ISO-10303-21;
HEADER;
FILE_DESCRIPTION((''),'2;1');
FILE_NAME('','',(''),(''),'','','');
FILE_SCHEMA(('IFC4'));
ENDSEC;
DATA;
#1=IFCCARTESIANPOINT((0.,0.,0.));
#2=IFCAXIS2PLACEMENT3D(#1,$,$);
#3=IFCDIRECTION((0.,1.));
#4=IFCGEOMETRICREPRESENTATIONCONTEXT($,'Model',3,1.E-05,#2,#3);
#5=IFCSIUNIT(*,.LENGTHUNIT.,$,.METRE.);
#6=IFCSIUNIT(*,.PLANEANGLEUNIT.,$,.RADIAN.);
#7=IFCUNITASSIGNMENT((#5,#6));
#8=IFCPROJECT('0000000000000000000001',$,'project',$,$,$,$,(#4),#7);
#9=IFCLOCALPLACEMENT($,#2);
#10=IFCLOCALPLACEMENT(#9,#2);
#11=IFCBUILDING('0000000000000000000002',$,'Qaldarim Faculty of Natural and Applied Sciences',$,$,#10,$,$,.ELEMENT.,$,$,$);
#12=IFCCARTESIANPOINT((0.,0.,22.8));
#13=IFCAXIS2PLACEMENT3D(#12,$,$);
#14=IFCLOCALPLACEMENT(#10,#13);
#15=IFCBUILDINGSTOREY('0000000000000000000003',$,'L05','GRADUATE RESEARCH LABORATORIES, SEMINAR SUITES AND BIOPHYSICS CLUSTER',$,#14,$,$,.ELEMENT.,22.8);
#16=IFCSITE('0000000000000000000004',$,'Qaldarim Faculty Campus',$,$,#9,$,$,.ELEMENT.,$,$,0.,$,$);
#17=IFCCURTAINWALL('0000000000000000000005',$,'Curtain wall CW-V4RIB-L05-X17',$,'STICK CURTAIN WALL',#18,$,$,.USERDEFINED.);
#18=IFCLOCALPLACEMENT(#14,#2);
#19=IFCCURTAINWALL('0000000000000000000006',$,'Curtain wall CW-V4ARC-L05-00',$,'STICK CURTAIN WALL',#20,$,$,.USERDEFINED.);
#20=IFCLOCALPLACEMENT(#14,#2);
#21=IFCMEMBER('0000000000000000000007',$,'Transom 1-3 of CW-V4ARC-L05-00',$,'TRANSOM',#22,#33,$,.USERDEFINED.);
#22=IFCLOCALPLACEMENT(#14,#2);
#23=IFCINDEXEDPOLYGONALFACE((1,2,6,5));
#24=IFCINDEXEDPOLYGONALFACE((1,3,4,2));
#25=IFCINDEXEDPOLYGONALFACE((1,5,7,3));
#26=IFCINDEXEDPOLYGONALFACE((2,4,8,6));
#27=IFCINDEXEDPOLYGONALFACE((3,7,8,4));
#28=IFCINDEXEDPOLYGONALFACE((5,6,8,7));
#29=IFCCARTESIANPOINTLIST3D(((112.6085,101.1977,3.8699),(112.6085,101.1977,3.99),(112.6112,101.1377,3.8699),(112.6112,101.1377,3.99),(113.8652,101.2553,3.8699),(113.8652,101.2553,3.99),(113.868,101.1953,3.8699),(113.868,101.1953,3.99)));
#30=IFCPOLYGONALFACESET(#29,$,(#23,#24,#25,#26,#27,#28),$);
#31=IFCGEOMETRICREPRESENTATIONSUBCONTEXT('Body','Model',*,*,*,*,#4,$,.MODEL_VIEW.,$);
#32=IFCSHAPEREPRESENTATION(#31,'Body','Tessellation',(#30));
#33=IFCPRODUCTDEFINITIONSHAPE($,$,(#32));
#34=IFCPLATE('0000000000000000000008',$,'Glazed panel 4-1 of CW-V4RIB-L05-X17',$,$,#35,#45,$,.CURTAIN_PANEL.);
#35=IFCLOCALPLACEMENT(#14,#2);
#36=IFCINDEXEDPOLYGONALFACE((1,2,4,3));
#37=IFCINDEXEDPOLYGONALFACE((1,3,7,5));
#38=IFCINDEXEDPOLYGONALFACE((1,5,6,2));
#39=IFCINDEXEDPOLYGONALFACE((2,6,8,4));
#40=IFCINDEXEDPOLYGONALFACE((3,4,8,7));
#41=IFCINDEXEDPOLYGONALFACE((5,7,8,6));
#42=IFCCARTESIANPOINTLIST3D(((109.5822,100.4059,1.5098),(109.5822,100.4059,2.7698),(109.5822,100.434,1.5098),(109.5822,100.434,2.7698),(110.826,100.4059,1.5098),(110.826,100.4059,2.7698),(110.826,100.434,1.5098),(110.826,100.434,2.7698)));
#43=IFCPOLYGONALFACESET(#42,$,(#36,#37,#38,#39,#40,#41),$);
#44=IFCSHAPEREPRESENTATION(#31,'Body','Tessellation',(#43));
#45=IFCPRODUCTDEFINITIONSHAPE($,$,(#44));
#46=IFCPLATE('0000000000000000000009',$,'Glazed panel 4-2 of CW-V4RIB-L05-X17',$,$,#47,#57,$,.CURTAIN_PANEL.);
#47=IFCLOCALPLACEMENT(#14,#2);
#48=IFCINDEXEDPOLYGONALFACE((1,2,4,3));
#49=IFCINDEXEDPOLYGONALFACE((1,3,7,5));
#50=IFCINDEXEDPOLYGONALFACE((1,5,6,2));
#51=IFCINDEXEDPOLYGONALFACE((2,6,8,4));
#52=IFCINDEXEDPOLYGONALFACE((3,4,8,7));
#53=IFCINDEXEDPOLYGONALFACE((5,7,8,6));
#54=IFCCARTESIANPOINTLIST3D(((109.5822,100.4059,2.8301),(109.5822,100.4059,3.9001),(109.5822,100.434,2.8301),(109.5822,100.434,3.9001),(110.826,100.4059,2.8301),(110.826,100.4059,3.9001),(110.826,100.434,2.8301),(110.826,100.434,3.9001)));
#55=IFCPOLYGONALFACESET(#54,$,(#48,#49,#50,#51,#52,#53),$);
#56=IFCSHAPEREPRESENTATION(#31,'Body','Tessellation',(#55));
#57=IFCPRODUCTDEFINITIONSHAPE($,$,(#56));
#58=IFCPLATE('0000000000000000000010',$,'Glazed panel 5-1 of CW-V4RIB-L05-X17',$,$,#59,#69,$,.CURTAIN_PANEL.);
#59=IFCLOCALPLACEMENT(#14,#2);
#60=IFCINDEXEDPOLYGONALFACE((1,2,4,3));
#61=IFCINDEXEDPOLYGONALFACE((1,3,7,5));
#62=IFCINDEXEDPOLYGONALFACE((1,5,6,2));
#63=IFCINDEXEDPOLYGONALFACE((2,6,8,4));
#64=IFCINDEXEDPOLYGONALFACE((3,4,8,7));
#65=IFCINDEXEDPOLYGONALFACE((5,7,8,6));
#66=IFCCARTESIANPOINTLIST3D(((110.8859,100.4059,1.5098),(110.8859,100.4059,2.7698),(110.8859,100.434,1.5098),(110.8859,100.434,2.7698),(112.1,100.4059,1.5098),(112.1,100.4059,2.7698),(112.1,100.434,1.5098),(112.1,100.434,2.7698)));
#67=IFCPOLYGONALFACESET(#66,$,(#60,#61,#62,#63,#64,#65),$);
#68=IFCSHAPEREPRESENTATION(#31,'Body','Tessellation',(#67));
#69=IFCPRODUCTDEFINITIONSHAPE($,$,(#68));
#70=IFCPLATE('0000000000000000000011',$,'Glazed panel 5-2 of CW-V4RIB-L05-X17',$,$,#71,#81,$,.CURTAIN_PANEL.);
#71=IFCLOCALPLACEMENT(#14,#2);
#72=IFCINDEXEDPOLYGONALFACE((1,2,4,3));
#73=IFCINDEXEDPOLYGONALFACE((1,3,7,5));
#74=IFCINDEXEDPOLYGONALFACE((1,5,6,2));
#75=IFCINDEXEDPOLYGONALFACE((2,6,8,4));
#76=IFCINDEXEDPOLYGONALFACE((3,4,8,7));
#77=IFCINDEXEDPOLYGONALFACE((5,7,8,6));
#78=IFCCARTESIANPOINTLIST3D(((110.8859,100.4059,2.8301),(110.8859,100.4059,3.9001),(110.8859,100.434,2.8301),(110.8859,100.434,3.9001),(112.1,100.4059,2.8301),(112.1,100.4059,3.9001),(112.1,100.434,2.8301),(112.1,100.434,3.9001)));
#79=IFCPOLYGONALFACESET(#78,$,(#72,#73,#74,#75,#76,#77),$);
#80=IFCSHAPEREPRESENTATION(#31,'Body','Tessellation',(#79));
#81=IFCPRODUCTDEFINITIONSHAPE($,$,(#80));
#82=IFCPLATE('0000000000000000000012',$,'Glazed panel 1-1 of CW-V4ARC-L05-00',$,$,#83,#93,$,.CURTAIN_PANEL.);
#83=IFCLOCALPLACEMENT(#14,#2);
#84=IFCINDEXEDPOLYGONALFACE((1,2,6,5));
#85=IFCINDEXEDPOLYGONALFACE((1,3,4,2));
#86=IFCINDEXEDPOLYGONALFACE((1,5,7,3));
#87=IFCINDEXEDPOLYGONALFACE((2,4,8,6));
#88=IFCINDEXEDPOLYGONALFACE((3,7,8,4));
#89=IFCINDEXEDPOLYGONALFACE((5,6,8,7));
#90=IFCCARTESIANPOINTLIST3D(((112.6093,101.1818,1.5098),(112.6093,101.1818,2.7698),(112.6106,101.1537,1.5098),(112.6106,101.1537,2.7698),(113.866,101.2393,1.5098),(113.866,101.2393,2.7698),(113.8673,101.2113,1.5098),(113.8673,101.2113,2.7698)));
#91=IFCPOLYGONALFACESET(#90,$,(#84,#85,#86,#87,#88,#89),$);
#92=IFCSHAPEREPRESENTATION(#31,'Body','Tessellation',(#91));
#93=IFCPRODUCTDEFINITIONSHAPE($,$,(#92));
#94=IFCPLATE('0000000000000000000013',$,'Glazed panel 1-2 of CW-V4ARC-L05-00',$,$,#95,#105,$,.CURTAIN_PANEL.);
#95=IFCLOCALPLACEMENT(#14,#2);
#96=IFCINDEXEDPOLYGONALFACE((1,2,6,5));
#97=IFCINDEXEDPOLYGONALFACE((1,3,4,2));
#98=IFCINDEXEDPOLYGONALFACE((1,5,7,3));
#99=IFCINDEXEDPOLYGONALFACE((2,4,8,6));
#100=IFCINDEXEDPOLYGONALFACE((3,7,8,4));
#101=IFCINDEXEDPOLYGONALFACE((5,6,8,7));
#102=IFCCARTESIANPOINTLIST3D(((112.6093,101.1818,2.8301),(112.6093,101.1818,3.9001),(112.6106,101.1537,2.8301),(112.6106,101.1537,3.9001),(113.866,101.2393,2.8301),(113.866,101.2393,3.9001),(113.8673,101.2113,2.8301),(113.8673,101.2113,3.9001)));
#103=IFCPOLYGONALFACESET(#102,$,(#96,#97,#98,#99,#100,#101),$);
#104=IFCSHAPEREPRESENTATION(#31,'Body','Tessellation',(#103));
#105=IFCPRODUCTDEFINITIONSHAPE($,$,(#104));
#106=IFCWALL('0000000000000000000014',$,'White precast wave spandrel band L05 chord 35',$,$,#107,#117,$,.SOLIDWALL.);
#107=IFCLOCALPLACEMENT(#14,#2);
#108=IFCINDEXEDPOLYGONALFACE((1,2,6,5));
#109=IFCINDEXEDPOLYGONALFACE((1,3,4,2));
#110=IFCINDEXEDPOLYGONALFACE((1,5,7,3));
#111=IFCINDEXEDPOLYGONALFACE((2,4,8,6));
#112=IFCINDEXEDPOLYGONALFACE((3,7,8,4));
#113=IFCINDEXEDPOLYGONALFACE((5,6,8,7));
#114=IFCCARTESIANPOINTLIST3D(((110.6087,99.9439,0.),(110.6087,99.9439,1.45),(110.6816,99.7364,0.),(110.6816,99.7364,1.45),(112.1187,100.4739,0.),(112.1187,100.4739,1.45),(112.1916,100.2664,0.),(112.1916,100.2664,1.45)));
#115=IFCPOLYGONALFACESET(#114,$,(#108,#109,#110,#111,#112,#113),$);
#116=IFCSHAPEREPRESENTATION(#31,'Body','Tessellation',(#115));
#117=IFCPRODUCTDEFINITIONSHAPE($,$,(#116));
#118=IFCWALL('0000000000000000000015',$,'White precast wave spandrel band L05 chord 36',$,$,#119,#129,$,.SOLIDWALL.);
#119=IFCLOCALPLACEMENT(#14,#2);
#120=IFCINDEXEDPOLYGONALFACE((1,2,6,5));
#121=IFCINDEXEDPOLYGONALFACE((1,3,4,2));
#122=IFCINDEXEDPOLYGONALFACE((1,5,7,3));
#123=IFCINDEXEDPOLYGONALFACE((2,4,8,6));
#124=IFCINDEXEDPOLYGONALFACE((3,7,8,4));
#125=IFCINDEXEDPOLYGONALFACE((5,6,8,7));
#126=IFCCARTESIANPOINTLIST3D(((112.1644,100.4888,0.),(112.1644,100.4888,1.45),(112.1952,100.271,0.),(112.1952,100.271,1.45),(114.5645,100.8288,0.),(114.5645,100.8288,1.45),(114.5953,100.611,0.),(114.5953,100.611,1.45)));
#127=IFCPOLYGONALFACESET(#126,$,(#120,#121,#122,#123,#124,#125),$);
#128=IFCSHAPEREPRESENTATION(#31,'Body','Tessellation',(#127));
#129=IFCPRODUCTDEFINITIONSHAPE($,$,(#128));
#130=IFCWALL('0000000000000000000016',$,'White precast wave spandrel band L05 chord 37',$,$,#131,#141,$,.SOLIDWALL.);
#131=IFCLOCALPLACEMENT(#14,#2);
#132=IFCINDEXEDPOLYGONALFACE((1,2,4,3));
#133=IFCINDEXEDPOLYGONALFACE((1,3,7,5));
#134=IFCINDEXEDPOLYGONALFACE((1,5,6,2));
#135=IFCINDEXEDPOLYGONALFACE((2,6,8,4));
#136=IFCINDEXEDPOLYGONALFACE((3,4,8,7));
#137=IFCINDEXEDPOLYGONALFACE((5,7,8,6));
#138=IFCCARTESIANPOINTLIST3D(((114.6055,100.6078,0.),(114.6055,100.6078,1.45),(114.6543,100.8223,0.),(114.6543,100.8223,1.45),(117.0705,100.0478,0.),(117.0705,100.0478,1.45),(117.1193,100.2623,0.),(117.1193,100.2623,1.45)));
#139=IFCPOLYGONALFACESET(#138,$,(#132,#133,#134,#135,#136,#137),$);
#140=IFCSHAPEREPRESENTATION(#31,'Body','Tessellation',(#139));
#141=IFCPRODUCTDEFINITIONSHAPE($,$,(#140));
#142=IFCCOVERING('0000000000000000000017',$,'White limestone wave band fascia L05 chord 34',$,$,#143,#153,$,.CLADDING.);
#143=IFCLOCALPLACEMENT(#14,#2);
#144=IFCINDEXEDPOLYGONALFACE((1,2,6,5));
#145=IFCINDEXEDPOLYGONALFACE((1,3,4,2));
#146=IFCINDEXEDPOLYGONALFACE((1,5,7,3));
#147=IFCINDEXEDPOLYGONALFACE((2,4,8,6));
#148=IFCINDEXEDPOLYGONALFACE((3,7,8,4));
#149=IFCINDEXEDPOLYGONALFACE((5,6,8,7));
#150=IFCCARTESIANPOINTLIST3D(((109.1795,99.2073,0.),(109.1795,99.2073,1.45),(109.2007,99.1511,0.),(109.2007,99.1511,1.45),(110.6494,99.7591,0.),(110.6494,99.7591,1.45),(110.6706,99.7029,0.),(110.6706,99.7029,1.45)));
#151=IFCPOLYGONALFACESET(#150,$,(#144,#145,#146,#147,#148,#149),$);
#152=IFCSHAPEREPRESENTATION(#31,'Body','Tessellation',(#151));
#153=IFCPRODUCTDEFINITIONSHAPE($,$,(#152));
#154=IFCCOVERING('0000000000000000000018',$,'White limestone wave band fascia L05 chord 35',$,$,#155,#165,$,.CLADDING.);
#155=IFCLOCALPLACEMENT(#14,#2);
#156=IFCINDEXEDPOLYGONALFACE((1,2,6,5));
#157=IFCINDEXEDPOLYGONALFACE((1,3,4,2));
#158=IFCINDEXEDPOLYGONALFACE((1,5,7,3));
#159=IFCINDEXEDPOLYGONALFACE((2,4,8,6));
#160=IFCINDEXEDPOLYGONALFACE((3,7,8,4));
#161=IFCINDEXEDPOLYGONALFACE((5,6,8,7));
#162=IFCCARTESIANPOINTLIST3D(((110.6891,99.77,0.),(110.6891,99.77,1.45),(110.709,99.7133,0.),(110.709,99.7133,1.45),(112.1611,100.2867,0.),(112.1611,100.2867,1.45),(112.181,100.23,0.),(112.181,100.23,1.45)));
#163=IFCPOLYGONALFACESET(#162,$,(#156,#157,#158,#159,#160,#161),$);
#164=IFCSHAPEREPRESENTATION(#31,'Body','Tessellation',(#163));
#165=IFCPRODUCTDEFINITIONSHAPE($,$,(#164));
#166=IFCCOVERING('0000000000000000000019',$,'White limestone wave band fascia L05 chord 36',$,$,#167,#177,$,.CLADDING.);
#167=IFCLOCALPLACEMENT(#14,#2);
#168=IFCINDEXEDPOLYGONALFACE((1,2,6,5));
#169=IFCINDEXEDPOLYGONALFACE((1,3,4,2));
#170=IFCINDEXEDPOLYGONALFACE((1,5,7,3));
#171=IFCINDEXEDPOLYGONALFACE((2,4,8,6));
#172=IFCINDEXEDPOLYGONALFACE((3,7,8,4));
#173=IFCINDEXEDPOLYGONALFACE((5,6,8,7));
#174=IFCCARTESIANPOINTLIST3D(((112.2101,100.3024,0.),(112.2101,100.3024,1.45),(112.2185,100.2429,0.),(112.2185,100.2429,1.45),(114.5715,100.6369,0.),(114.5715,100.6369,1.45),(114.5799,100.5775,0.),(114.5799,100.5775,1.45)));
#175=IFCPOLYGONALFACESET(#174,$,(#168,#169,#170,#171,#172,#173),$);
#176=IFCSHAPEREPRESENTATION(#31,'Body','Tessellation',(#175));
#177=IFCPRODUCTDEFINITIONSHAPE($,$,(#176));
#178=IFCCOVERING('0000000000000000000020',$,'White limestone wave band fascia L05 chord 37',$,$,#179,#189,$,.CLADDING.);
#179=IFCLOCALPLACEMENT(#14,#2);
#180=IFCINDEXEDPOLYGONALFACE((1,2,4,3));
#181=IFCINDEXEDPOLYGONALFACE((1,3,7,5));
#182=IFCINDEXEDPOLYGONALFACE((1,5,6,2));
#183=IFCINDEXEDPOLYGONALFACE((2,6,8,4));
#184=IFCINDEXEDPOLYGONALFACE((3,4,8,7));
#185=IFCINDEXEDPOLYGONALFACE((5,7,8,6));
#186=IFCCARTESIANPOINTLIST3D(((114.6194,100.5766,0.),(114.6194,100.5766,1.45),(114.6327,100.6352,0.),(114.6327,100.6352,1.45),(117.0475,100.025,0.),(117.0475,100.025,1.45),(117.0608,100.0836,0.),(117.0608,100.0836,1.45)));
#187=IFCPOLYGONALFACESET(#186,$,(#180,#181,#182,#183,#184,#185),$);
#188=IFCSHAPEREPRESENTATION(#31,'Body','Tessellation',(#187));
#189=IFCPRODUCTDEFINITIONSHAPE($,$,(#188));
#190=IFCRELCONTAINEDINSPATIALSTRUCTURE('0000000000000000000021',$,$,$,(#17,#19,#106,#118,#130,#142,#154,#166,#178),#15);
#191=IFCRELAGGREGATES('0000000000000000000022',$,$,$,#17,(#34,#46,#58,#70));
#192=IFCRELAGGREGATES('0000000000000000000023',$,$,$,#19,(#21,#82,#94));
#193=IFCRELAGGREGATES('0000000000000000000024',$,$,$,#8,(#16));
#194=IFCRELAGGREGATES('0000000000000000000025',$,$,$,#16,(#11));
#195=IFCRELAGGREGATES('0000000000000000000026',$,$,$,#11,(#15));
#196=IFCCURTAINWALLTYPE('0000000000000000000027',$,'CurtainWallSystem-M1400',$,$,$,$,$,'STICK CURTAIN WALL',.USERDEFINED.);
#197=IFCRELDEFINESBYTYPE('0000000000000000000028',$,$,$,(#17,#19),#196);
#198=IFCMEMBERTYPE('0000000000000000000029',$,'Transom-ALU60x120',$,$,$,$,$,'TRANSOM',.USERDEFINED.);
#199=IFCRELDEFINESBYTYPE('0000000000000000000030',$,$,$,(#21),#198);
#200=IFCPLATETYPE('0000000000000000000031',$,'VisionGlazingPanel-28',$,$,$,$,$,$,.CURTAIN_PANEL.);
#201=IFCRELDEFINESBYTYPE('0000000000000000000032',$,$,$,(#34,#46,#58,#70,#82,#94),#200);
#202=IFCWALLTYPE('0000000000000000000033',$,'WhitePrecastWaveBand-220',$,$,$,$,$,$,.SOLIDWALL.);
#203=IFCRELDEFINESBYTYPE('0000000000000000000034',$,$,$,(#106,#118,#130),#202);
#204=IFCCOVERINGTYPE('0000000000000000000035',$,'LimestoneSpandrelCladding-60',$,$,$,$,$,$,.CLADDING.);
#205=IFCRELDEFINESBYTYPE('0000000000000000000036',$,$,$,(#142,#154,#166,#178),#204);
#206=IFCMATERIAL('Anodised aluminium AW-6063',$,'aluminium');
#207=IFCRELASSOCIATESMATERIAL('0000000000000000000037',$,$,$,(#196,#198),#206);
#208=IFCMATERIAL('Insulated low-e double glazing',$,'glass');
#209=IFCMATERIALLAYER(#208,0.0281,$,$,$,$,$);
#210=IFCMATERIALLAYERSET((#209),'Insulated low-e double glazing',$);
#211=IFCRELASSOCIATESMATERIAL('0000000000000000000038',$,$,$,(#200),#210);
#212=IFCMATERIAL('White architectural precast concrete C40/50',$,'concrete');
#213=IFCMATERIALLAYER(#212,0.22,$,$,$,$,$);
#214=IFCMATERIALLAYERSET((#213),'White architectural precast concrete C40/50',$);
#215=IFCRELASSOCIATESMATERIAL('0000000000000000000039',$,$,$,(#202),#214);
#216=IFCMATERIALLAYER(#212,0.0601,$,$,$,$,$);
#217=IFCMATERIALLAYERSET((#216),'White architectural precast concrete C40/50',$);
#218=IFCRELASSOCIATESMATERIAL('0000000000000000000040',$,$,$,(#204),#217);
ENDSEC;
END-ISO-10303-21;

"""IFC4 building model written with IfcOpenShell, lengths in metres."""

from ifc_helpers import new_model, si_unit, direction, frame, frame_2d, origin, origin_2d, place, context, subcontext, project, spatial, rectangle, extrude, material, layer, layer_set, material_profile, profile_set, type_object, element, aggregate, save


model = new_model("IFC4")

# Units and contexts
model_context = context("Model", 3, precision=1e-05, world=origin(), true_north=direction((0.0, 1.0)))
body_context = subcontext(model_context, "Body", "Model", "MODEL_VIEW")
ifc_project = project(units=[si_unit("LENGTHUNIT", "METRE"), si_unit("PLANEANGLEUNIT", "RADIAN")], contexts=[model_context])

# Site, building, storey
site_placement = place(None, origin())
site = spatial("IfcSite", under=ifc_project, at=site_placement, Name="Qaldarim Faculty Campus", CompositionType="ELEMENT", RefElevation=0.0)
building_placement = place(site_placement, origin())
building = spatial("IfcBuilding", under=site, at=building_placement, Name="Qaldarim Faculty of Natural and Applied Sciences", CompositionType="ELEMENT")
storey_placement = place(building_placement, frame((0.0, 0.0, 22.8)))
storey = spatial("IfcBuildingStorey", under=building, at=storey_placement, Name="L05", Description="GRADUATE RESEARCH LABORATORIES, SEMINAR SUITES AND BIOPHYSICS CLUSTER", CompositionType="ELEMENT", Elevation=22.8)

# Curtain wall
ifc_material_1 = material(Name="Anodised aluminium AW-6063", Category="aluminium")
curtain_wall_type = type_object("IfcCurtainWallType", Name="CurtainWallSystem-M1400", ElementType="STICK CURTAIN WALL", PredefinedType="USERDEFINED", material=ifc_material_1)
curtain_wall_1_placement = place(storey_placement, origin())
curtain_wall_1 = element("IfcCurtainWall", 1, at=curtain_wall_1_placement, inside=storey, type_object=curtain_wall_type, Name="Curtain wall CW-V4RIB-L05-X17", ObjectType="STICK CURTAIN WALL", PredefinedType="USERDEFINED")

# Curtain wall
curtain_wall_2_placement = place(storey_placement, origin())
curtain_wall_2 = element("IfcCurtainWall", 2, at=curtain_wall_2_placement, inside=storey, type_object=curtain_wall_type, Name="Curtain wall CW-V4ARC-L05-00", ObjectType="STICK CURTAIN WALL", PredefinedType="USERDEFINED")

# Member
ifc_material_profile_1 = material_profile(ifc_material_1, rectangle(XDim=0.0601, YDim=0.1201, at=origin_2d()), Name="ALU-T60x120")
ifc_profile_set_1 = profile_set([ifc_material_profile_1], Name="Anodised aluminium AW-6063")
member_type_1 = type_object("IfcMemberType", Name="Transom-ALU60x120", ElementType="TRANSOM", PredefinedType="USERDEFINED", material=ifc_profile_set_1)
member_1_placement = place(storey_placement, frame((112.6099, 101.1677, 3.9299), z_axis=(0.998951, 0.045795, 0.0), x_axis=(-0.045795, 0.998951, 0.0)))
member_1 = element("IfcMember", 3, at=member_1_placement, type_object=member_type_1, Name="Transom 1-3 of CW-V4ARC-L05-00", ObjectType="TRANSOM", PredefinedType="USERDEFINED", context=body_context, shape_type="SweptSolid", body=[
    extrude(rectangle(XDim=0.0601, YDim=0.1201, at=origin_2d()), origin(), (0.0, 0.0, 1.0), 1.2581),
])

# Plates
ifc_material_2 = material(Name="Insulated low-e double glazing", Category="glass")
ifc_layer_1 = layer(ifc_material_2, 0.0281)
ifc_layer_set_1 = layer_set([ifc_layer_1], Name="Insulated low-e double glazing")
plate_type = type_object("IfcPlateType", Name="VisionGlazingPanel-28", PredefinedType="CURTAIN_PANEL", material=ifc_layer_set_1)
plate_1_placement = place(storey_placement, frame((110.2041, 100.4199, 1.5098), z_axis=(0.0, 0.0, 1.0), x_axis=(1.0, 0.0, 0.0)))
plate_1 = element("IfcPlate", 4, at=plate_1_placement, type_object=plate_type, Name="Glazed panel 4-1 of CW-V4RIB-L05-X17", PredefinedType="CURTAIN_PANEL", context=body_context, shape_type="SweptSolid", body=[
    extrude(rectangle(XDim=1.2439, YDim=0.0281, at=origin_2d()), origin(), (0.0, 0.0, 1.0), 1.26),
])
plate_2_placement = place(storey_placement, frame((110.2041, 100.4199, 2.8301), z_axis=(0.0, 0.0, 1.0), x_axis=(1.0, 0.0, 0.0)))
plate_2 = element("IfcPlate", 5, at=plate_2_placement, type_object=plate_type, Name="Glazed panel 4-2 of CW-V4RIB-L05-X17", PredefinedType="CURTAIN_PANEL", context=body_context, shape_type="SweptSolid", body=[
    extrude(rectangle(XDim=1.2439, YDim=0.0281, at=origin_2d()), origin(), (0.0, 0.0, 1.0), 1.0701),
])
plate_3_placement = place(storey_placement, frame((111.4929, 100.4199, 1.5098), z_axis=(0.0, 0.0, 1.0), x_axis=(1.0, 0.0, 0.0)))
plate_3 = element("IfcPlate", 6, at=plate_3_placement, type_object=plate_type, Name="Glazed panel 5-1 of CW-V4RIB-L05-X17", PredefinedType="CURTAIN_PANEL", context=body_context, shape_type="SweptSolid", body=[
    extrude(rectangle(XDim=1.2141, YDim=0.0281, at=origin_2d()), origin(), (0.0, 0.0, 1.0), 1.26),
])
plate_4_placement = place(storey_placement, frame((111.4929, 100.4199, 2.8301), z_axis=(0.0, 0.0, 1.0), x_axis=(1.0, 0.0, 0.0)))
plate_4 = element("IfcPlate", 7, at=plate_4_placement, type_object=plate_type, Name="Glazed panel 5-2 of CW-V4RIB-L05-X17", PredefinedType="CURTAIN_PANEL", context=body_context, shape_type="SweptSolid", body=[
    extrude(rectangle(XDim=1.2141, YDim=0.0281, at=origin_2d()), origin(), (0.0, 0.0, 1.0), 1.0701),
])
aggregate(curtain_wall_1, [plate_1, plate_2, plate_3, plate_4])
plate_5_placement = place(storey_placement, frame((113.2383, 101.1965, 1.5098), z_axis=(0.0, 0.0, 1.0), x_axis=(0.998953, 0.045747, 0.0)))
plate_5 = element("IfcPlate", 8, at=plate_5_placement, type_object=plate_type, Name="Glazed panel 1-1 of CW-V4ARC-L05-00", PredefinedType="CURTAIN_PANEL", context=body_context, shape_type="SweptSolid", body=[
    extrude(rectangle(XDim=1.2581, YDim=0.0281, at=origin_2d()), origin(), (0.0, 0.0, 1.0), 1.26),
])
plate_6_placement = place(storey_placement, frame((113.2383, 101.1965, 2.8301), z_axis=(0.0, 0.0, 1.0), x_axis=(0.998953, 0.045747, 0.0)))
plate_6 = element("IfcPlate", 9, at=plate_6_placement, type_object=plate_type, Name="Glazed panel 1-2 of CW-V4ARC-L05-00", PredefinedType="CURTAIN_PANEL", context=body_context, shape_type="SweptSolid", body=[
    extrude(rectangle(XDim=1.2581, YDim=0.0281, at=origin_2d()), origin(), (0.0, 0.0, 1.0), 1.0701),
])
aggregate(curtain_wall_2, [member_1, plate_5, plate_6])

# Walls
ifc_material_3 = material(Name="White architectural precast concrete C40/50", Category="concrete")
ifc_layer_2 = layer(ifc_material_3, 0.22)
ifc_layer_set_2 = layer_set([ifc_layer_2], Name="White architectural precast concrete C40/50")
wall_type = type_object("IfcWallType", Name="WhitePrecastWaveBand-220", PredefinedType="SOLIDWALL", material=ifc_layer_set_2)
wall_1_placement = place(storey_placement, frame((110.645, 99.8401, 0.0), z_axis=(0.0, 0.0, 1.0), x_axis=(0.943561, 0.3312, 0.0)))
element("IfcWall", 10, at=wall_1_placement, inside=storey, type_object=wall_type, Name="White precast wave spandrel band L05 chord 35", PredefinedType="SOLIDWALL", context=body_context, shape_type="SweptSolid", body=[
    extrude(rectangle(XDim=1.6003, YDim=0.22, at=frame_2d((0.8003, 0.0))), origin(), (0.0, 0.0, 1.0), 1.45),
])
wall_2_placement = place(storey_placement, frame((112.1799, 100.3799, 0.0), z_axis=(0.0, 0.0, 1.0), x_axis=(0.99011, 0.140293, 0.0)))
element("IfcWall", 11, at=wall_2_placement, inside=storey, type_object=wall_type, Name="White precast wave spandrel band L05 chord 36", PredefinedType="SOLIDWALL", context=body_context, shape_type="SweptSolid", body=[
    extrude(rectangle(XDim=2.4241, YDim=0.22, at=frame_2d((1.2119, 0.0))), origin(), (0.0, 0.0, 1.0), 1.45),
])
wall_3_placement = place(storey_placement, frame((114.6299, 100.7151, 0.0), z_axis=(0.0, 0.0, 1.0), x_axis=(0.975149, -0.22155, 0.0)))
element("IfcWall", 12, at=wall_3_placement, inside=storey, type_object=wall_type, Name="White precast wave spandrel band L05 chord 37", PredefinedType="SOLIDWALL", context=body_context, shape_type="SweptSolid", body=[
    extrude(rectangle(XDim=2.5278, YDim=0.22, at=frame_2d((1.2639, 0.0))), origin(), (0.0, 0.0, 1.0), 1.45),
])

# Coverings
ifc_layer_3 = layer(ifc_material_3, 0.0601)
ifc_layer_set_3 = layer_set([ifc_layer_3], Name="White architectural precast concrete C40/50")
covering_type = type_object("IfcCoveringType", Name="LimestoneSpandrelCladding-60", PredefinedType="CLADDING", material=ifc_layer_set_3)
covering_1_placement = place(storey_placement, frame((109.925, 99.4551, 0.0), z_axis=(0.0, 0.0, 1.0), x_axis=(0.936201, 0.351466, 0.0)))
element("IfcCovering", 13, at=covering_1_placement, inside=storey, type_object=covering_type, Name="White limestone wave band fascia L05 chord 34", PredefinedType="CLADDING", context=body_context, shape_type="SweptSolid", body=[
    extrude(rectangle(XDim=1.5701, YDim=0.0601, at=origin_2d()), origin(), (0.0, 0.0, 1.0), 1.45),
])
covering_2_placement = place(storey_placement, frame((111.4351, 100.0, 0.0), z_axis=(0.0, 0.0, 1.0), x_axis=(0.943564, 0.33119, 0.0)))
element("IfcCovering", 14, at=covering_2_placement, inside=storey, type_object=covering_type, Name="White limestone wave band fascia L05 chord 35", PredefinedType="CLADDING", context=body_context, shape_type="SweptSolid", body=[
    extrude(rectangle(XDim=1.5601, YDim=0.0601, at=origin_2d()), origin(), (0.0, 0.0, 1.0), 1.45),
])
covering_3_placement = place(storey_placement, frame((113.395, 100.4399, 0.0), z_axis=(0.0, 0.0, 1.0), x_axis=(0.990114, 0.140262, 0.0)))
element("IfcCovering", 15, at=covering_3_placement, inside=storey, type_object=covering_type, Name="White limestone wave band fascia L05 chord 36", PredefinedType="CLADDING", context=body_context, shape_type="SweptSolid", body=[
    extrude(rectangle(XDim=2.385, YDim=0.0601, at=origin_2d()), origin(), (0.0, 0.0, 1.0), 1.45),
])
covering_4_placement = place(storey_placement, frame((115.8401, 100.3301, 0.0), z_axis=(0.0, 0.0, 1.0), x_axis=(0.975153, -0.221531, 0.0)))
element("IfcCovering", 16, at=covering_4_placement, inside=storey, type_object=covering_type, Name="White limestone wave band fascia L05 chord 37", PredefinedType="CLADDING", context=body_context, shape_type="SweptSolid", body=[
    extrude(rectangle(XDim=2.49, YDim=0.0601, at=origin_2d()), origin(), (0.0, 0.0, 1.0), 1.45),
])

save(model, "model.ifc")
